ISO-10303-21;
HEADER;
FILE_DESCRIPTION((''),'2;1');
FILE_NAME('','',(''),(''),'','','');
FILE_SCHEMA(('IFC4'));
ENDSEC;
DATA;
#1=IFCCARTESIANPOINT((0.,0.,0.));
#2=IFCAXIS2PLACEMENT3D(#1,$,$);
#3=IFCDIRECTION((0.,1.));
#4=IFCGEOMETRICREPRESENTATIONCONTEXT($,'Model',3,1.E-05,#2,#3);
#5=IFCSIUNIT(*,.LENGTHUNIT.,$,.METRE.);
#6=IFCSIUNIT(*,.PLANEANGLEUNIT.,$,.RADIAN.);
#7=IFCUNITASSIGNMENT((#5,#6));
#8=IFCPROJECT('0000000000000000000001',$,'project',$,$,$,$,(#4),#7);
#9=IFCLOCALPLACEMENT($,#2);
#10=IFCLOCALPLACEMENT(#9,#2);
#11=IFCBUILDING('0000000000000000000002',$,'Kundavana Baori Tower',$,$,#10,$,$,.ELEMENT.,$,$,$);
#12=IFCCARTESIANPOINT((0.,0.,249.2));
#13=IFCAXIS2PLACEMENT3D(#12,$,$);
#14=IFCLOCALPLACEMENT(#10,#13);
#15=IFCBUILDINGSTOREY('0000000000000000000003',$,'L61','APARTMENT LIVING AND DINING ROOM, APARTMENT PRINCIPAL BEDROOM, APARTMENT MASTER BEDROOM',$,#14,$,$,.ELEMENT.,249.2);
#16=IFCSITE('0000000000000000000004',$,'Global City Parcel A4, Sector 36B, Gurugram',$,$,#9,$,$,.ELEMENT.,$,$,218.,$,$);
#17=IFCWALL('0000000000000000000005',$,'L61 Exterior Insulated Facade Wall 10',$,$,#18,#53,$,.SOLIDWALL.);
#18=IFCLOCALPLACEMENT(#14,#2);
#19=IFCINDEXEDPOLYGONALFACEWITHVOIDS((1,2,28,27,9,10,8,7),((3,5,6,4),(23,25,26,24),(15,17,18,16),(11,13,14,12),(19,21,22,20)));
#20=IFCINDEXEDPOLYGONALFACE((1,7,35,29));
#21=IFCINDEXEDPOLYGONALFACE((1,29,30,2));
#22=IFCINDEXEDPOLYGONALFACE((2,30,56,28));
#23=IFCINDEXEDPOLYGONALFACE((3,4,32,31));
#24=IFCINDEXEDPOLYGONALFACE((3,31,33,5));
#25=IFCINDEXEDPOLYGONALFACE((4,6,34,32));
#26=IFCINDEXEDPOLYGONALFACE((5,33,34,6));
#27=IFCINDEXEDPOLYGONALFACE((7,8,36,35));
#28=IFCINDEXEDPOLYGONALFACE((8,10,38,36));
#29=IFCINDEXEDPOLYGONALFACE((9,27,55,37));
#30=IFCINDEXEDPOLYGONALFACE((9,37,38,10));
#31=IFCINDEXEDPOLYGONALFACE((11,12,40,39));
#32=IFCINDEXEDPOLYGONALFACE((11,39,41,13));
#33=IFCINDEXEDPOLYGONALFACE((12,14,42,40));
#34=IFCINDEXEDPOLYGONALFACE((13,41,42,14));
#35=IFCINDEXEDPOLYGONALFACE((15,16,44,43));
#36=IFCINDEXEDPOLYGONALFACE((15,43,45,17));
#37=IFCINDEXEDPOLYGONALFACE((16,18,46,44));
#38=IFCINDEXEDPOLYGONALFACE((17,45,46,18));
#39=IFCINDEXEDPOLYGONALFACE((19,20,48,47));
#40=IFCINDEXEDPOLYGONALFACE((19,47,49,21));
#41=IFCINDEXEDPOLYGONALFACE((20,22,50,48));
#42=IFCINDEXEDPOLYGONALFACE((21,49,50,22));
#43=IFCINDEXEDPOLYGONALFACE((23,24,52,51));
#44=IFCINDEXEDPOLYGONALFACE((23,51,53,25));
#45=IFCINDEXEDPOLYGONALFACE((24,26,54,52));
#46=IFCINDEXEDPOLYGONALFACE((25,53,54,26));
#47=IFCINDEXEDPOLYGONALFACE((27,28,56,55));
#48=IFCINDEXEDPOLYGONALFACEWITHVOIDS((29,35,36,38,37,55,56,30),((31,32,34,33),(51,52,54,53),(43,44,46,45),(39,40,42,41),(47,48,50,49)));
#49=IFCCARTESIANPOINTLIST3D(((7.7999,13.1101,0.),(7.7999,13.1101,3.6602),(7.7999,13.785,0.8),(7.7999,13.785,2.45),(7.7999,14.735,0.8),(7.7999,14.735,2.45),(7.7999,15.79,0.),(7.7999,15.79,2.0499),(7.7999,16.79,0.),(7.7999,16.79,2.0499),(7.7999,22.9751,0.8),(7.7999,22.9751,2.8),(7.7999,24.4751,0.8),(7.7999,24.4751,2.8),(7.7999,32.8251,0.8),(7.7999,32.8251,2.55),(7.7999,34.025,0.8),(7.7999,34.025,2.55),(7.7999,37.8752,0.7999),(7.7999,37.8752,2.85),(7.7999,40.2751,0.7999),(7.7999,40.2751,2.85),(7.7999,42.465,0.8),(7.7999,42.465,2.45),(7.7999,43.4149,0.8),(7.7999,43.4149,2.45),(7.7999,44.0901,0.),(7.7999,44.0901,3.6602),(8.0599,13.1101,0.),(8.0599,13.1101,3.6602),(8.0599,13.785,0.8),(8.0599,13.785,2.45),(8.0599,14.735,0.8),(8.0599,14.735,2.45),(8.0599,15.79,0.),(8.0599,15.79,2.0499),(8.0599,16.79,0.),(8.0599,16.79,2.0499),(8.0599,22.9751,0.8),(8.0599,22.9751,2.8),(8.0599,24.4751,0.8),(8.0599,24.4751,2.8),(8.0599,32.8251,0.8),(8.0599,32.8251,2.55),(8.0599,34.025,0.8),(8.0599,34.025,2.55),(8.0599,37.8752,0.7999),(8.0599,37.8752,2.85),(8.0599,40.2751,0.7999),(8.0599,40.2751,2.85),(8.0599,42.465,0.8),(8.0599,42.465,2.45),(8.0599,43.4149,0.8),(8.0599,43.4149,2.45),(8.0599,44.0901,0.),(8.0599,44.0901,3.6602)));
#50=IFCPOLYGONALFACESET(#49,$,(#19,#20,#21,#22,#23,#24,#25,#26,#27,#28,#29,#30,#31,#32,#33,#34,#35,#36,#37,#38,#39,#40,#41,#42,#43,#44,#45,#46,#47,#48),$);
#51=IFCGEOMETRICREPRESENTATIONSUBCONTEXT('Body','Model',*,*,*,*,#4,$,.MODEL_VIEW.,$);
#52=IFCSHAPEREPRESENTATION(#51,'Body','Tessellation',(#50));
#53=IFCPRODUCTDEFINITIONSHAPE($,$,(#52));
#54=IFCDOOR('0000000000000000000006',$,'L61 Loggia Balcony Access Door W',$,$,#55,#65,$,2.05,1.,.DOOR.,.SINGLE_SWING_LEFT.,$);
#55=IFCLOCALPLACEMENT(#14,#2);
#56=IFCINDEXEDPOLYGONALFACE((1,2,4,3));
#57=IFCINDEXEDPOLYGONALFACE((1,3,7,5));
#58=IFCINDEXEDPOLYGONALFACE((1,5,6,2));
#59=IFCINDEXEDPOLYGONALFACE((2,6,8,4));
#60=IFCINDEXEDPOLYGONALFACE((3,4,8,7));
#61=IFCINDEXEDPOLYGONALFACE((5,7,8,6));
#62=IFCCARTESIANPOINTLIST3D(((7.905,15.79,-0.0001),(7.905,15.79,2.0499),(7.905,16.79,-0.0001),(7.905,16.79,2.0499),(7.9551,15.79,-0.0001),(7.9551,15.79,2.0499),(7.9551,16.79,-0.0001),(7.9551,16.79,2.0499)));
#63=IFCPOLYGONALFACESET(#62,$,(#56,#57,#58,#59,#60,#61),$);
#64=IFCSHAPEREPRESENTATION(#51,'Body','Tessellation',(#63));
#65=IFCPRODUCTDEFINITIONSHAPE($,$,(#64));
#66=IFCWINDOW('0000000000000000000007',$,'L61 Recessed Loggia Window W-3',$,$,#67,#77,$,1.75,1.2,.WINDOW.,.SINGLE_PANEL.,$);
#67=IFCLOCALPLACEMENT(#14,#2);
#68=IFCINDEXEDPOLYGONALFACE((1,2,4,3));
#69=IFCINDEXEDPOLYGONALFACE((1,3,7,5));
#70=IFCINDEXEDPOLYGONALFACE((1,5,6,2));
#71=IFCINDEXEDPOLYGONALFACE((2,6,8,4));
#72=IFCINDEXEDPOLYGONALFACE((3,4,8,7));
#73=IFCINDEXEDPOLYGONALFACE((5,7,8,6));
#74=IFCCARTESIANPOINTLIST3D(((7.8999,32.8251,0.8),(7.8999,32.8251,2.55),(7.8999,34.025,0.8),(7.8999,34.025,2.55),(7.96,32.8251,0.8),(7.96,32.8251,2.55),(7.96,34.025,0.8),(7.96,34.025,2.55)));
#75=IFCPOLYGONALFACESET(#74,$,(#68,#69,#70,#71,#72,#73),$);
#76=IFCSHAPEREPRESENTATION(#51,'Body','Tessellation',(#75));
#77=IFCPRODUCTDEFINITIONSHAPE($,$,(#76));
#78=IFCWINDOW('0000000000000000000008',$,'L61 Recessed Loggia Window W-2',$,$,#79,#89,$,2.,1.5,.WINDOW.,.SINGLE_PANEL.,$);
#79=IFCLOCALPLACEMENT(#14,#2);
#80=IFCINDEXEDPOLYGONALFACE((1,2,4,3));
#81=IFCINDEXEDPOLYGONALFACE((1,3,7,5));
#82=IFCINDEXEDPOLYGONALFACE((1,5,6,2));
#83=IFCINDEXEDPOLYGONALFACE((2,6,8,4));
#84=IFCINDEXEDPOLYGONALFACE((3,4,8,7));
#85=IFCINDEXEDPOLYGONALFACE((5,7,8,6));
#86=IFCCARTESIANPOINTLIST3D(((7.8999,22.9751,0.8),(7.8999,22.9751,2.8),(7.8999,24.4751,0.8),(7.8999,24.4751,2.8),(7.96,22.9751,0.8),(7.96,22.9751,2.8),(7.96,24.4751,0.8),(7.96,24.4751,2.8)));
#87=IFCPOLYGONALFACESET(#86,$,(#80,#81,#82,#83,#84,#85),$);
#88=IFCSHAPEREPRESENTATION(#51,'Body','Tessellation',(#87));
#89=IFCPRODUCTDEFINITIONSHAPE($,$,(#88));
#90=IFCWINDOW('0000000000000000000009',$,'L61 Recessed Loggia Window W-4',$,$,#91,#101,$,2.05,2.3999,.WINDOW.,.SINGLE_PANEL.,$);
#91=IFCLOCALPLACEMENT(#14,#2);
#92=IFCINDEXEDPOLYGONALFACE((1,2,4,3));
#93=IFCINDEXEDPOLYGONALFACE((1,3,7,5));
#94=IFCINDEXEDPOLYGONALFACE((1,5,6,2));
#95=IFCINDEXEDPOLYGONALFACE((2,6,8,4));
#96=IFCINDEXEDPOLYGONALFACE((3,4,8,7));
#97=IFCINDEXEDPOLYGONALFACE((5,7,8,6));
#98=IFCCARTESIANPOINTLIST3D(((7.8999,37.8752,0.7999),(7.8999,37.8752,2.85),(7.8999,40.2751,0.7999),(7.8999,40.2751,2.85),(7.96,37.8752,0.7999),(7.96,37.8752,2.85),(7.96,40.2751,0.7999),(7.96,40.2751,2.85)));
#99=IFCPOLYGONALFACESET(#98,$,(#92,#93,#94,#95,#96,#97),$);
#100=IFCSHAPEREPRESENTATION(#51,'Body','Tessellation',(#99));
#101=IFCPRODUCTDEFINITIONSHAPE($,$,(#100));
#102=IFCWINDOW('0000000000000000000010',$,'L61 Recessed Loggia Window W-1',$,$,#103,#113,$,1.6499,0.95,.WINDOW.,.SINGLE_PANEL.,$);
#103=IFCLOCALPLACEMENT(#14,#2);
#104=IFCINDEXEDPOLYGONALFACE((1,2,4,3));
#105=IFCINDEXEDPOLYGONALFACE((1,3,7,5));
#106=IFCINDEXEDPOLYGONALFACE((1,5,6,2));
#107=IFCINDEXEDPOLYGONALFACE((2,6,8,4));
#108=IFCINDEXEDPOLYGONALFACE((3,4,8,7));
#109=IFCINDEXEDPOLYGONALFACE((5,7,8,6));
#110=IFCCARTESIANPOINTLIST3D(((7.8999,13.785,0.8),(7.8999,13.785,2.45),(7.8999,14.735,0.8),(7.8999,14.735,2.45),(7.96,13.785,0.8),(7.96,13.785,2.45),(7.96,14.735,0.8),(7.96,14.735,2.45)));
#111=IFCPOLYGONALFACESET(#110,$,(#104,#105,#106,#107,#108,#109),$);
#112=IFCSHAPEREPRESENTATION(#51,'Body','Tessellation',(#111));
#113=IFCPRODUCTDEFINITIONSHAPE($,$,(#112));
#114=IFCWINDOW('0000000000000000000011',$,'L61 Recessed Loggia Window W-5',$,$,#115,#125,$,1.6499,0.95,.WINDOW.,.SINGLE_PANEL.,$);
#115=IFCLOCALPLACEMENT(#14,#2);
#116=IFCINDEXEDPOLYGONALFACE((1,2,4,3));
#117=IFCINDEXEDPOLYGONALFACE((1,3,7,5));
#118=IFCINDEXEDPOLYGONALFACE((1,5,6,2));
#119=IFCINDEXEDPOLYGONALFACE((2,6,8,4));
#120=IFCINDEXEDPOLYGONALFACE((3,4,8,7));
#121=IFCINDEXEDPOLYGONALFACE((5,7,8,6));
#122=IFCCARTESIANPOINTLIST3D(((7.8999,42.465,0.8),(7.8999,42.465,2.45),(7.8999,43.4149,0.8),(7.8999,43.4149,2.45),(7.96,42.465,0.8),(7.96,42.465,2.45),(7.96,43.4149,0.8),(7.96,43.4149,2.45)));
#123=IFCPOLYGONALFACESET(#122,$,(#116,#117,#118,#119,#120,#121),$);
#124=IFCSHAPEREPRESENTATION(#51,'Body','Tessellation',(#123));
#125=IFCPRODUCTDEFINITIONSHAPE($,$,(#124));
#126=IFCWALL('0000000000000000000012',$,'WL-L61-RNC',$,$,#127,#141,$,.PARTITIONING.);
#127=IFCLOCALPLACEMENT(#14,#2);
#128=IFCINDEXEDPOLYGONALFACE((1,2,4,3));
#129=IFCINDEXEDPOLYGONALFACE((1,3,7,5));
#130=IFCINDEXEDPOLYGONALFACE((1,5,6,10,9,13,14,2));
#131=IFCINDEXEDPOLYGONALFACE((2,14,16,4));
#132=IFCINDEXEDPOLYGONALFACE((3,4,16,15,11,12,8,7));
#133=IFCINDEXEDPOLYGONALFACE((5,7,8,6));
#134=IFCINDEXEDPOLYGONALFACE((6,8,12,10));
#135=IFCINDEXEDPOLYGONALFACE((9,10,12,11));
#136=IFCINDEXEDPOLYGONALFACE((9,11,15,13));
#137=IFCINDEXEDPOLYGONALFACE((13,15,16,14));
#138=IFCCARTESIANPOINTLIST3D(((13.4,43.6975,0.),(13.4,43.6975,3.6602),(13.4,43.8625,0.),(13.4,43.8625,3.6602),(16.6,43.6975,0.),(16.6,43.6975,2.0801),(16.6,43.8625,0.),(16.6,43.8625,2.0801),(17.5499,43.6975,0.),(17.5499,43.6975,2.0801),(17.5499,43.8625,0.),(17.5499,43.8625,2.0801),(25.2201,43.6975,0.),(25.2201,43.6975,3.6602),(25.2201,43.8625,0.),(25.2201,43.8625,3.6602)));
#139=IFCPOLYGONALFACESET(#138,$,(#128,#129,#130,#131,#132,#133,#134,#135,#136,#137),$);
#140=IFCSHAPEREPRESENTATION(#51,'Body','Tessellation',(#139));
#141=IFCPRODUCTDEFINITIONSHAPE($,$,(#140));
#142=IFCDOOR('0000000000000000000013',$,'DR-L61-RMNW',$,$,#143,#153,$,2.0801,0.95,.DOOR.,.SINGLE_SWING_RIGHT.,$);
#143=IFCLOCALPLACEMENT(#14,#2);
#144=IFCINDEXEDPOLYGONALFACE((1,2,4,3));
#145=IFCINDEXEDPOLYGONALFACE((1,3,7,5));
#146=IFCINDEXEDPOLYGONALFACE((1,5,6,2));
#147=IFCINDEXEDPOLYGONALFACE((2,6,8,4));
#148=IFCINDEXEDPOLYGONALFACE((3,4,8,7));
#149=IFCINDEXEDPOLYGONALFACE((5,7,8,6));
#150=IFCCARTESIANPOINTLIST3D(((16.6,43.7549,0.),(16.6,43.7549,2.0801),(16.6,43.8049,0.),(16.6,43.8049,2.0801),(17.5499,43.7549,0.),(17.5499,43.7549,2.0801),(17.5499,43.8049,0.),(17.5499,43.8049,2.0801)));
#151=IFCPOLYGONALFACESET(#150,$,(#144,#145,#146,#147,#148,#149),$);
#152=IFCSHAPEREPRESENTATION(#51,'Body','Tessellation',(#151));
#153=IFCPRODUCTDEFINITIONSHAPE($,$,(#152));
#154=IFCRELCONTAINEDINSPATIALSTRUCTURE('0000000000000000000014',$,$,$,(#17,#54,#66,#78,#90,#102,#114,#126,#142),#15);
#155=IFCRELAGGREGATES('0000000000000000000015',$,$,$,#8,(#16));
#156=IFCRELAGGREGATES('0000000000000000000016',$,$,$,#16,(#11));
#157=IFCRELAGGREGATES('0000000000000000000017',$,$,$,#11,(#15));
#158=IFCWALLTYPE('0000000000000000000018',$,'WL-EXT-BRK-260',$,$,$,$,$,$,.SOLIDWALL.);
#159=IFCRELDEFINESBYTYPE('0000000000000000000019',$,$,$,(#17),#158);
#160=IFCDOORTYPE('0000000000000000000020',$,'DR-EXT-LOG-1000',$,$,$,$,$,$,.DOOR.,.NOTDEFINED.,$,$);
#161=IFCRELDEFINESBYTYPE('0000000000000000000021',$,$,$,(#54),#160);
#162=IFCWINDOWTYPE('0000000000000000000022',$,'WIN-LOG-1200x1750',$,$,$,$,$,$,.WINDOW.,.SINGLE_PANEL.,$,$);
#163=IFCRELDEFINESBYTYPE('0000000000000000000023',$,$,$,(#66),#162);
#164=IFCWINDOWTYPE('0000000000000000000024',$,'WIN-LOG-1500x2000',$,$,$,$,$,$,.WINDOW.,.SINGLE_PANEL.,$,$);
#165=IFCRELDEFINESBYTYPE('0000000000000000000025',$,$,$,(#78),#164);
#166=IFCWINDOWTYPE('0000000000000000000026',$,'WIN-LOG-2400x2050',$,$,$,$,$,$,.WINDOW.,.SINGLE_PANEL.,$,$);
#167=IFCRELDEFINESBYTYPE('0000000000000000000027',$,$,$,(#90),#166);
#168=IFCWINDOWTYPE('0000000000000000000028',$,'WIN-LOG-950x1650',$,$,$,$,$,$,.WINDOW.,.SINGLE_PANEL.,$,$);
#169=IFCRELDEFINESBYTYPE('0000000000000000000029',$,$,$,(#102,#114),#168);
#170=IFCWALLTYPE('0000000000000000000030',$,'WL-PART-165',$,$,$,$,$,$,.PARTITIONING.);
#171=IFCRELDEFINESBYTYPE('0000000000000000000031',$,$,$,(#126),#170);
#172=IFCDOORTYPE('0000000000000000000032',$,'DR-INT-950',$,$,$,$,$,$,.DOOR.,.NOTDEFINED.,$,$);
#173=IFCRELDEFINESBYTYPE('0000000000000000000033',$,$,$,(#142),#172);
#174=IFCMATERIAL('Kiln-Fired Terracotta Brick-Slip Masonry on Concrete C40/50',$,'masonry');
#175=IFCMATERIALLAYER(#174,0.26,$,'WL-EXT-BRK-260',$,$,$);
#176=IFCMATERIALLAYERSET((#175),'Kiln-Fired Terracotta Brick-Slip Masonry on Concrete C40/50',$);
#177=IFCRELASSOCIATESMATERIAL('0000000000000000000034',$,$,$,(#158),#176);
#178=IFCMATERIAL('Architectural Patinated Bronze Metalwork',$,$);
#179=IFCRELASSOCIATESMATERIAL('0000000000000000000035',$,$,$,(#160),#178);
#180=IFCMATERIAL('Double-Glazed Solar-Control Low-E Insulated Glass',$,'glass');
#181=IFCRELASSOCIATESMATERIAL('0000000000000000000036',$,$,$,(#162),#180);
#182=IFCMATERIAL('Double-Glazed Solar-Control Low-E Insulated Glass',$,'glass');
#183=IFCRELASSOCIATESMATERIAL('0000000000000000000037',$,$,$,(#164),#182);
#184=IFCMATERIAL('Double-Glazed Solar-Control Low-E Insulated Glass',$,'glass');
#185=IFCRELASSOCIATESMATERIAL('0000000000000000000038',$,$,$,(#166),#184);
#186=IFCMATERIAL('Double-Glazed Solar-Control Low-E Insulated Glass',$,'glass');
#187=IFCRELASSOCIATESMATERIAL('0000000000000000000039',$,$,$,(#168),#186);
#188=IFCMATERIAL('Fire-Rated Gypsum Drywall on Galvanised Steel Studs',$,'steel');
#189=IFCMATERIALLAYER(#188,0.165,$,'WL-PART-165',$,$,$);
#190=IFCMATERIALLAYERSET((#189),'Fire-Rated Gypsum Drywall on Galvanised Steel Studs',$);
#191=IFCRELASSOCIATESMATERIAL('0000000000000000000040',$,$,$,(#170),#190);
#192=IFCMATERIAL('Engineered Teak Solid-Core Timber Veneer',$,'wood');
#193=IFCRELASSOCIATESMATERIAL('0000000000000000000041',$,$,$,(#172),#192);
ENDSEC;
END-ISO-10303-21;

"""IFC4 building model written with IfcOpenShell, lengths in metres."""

from ifc_helpers import new_model, si_unit, direction, frame, frame_2d, origin, place, context, subcontext, project, spatial, rectangle, extrude, material, layer, layer_set, type_object, element, fill, save


model = new_model("IFC4")

# Units and contexts
model_context = context("Model", 3, precision=1e-05, world=origin(), true_north=direction((0.0, 1.0)))
body_context = subcontext(model_context, "Body", "Model", "MODEL_VIEW")
ifc_project = project(units=[si_unit("LENGTHUNIT", "METRE"), si_unit("PLANEANGLEUNIT", "RADIAN")], contexts=[model_context])

# Site, building, storey
site_placement = place(None, origin())
site = spatial("IfcSite", under=ifc_project, at=site_placement, Name="Global City Parcel A4, Sector 36B, Gurugram", CompositionType="ELEMENT", RefElevation=218.0)
building_placement = place(site_placement, origin())
building = spatial("IfcBuilding", under=site, at=building_placement, Name="Kundavana Baori Tower", CompositionType="ELEMENT")
storey_placement = place(building_placement, frame((0.0, 0.0, 249.2)))
storey = spatial("IfcBuildingStorey", under=building, at=storey_placement, Name="L61", Description="APARTMENT LIVING AND DINING ROOM, APARTMENT PRINCIPAL BEDROOM, APARTMENT MASTER BEDROOM", CompositionType="ELEMENT", Elevation=249.2)

# Shared definitions
ifc_material_1 = material(Name="Kiln-Fired Terracotta Brick-Slip Masonry on Concrete C40/50", Category="masonry")
ifc_layer_1 = layer(ifc_material_1, 0.26, Name="WL-EXT-BRK-260")
ifc_layer_set_1 = layer_set([ifc_layer_1], Name="Kiln-Fired Terracotta Brick-Slip Masonry on Concrete C40/50")
wall_type_1 = type_object("IfcWallType", Name="WL-EXT-BRK-260", PredefinedType="SOLIDWALL", material=ifc_layer_set_1)

# Wall, openings, door, windows
wall_1_placement = place(storey_placement, frame((7.9299, 44.0901, 0.0), z_axis=(0.0, 0.0, 1.0), x_axis=(0.0, -1.0, 0.0)))
wall_1 = element("IfcWall", 1, at=wall_1_placement, inside=storey, type_object=wall_type_1, Name="L61 Exterior Insulated Facade Wall 10", PredefinedType="SOLIDWALL", context=body_context, shape_type="SweptSolid", body=[
    extrude(rectangle(XDim=30.98, YDim=0.26, at=frame_2d((15.49, 0.0))), origin(), (0.0, 0.0, 1.0), 3.6602),
])
opening_1_placement = place(wall_1_placement, frame((29.355, 0.0, 0.8)))
opening_1 = element("IfcOpeningElement", 2, at=opening_1_placement, cuts=wall_1, PredefinedType="OPENING", context=body_context, shape_type="SweptSolid", body=[
    extrude(rectangle(XDim=0.95, YDim=1.6499, at=frame_2d((0.4751, 0.825))), frame((0.0, 0.1401, 0.0), z_axis=(0.0, -1.0, 0.0), x_axis=(1.0, 0.0, 0.0)), (0.0, 0.0, 1.0), 0.28),
])
opening_2_placement = place(wall_1_placement, frame((27.3, 0.0, 0.0)))
opening_2 = element("IfcOpeningElement", 3, at=opening_2_placement, cuts=wall_1, PredefinedType="OPENING", context=body_context, shape_type="SweptSolid", body=[
    extrude(rectangle(XDim=1.0, YDim=2.05, at=frame_2d((0.5, 1.0249))), frame((0.0, 0.1401, 0.0), z_axis=(0.0, -1.0, 0.0), x_axis=(1.0, 0.0, 0.0)), (0.0, 0.0, 1.0), 0.28),
])
opening_3_placement = place(wall_1_placement, frame((19.615, 0.0, 0.8)))
opening_3 = element("IfcOpeningElement", 4, at=opening_3_placement, cuts=wall_1, PredefinedType="OPENING", context=body_context, shape_type="SweptSolid", body=[
    extrude(rectangle(XDim=1.5, YDim=2.0, at=frame_2d((0.75, 1.0))), frame((0.0, 0.1401, 0.0), z_axis=(0.0, -1.0, 0.0), x_axis=(1.0, 0.0, 0.0)), (0.0, 0.0, 1.0), 0.28),
])
opening_4_placement = place(wall_1_placement, frame((10.0649, 0.0, 0.8)))
opening_4 = element("IfcOpeningElement", 5, at=opening_4_placement, cuts=wall_1, PredefinedType="OPENING", context=body_context, shape_type="SweptSolid", body=[
    extrude(rectangle(XDim=1.2, YDim=1.75, at=frame_2d((0.6001, 0.875))), frame((0.0, 0.1401, 0.0), z_axis=(0.0, -1.0, 0.0), x_axis=(1.0, 0.0, 0.0)), (0.0, 0.0, 1.0), 0.28),
])
opening_5_placement = place(wall_1_placement, frame((3.8149, 0.0, 0.8)))
opening_5 = element("IfcOpeningElement", 6, at=opening_5_placement, cuts=wall_1, PredefinedType="OPENING", context=body_context, shape_type="SweptSolid", body=[
    extrude(rectangle(XDim=2.3999, YDim=2.05, at=frame_2d((1.2, 1.0249))), frame((0.0, 0.1401, 0.0), z_axis=(0.0, -1.0, 0.0), x_axis=(1.0, 0.0, 0.0)), (0.0, 0.0, 1.0), 0.28),
])
opening_6_placement = place(wall_1_placement, frame((0.675, 0.0, 0.8)))
opening_6 = element("IfcOpeningElement", 7, at=opening_6_placement, cuts=wall_1, PredefinedType="OPENING", context=body_context, shape_type="SweptSolid", body=[
    extrude(rectangle(XDim=0.95, YDim=1.6499, at=frame_2d((0.4751, 0.825))), frame((0.0, 0.1401, 0.0), z_axis=(0.0, -1.0, 0.0), x_axis=(1.0, 0.0, 0.0)), (0.0, 0.0, 1.0), 0.28),
])
ifc_material_2 = material(Name="Architectural Patinated Bronze Metalwork")
door_type_1 = type_object("IfcDoorType", Name="DR-EXT-LOG-1000", OperationType="NOTDEFINED", PredefinedType="DOOR", material=ifc_material_2)
door_1_placement = place(opening_2_placement, frame((1.0, 0.0, 0.0), z_axis=(0.0, 0.0, 1.0), x_axis=(-1.0, 0.0, 0.0)))
door_1 = element("IfcDoor", 8, at=door_1_placement, inside=storey, type_object=door_type_1, Name="L61 Loggia Balcony Access Door W", OperationType="SINGLE_SWING_LEFT", OverallHeight=2.05, OverallWidth=1.0, PredefinedType="DOOR", context=body_context, shape_type="SweptSolid", body=[
    extrude(rectangle(XDim=1.0, YDim=2.05, at=frame_2d((0.5, 1.0249))), frame((0.0, 0.0249, 0.0), z_axis=(0.0, -1.0, 0.0), x_axis=(1.0, 0.0, 0.0)), (0.0, 0.0, 1.0), 0.05),
])
fill(opening_2, door_1)
ifc_material_3 = material(Name="Double-Glazed Solar-Control Low-E Insulated Glass", Category="glass")
window_type_1 = type_object("IfcWindowType", Name="WIN-LOG-1200x1750", PartitioningType="SINGLE_PANEL", PredefinedType="WINDOW", material=ifc_material_3)
window_1_placement = place(opening_4_placement, origin())
window_1 = element("IfcWindow", 9, at=window_1_placement, inside=storey, type_object=window_type_1, Name="L61 Recessed Loggia Window W-3", OverallHeight=1.75, OverallWidth=1.2, PartitioningType="SINGLE_PANEL", PredefinedType="WINDOW", context=body_context, shape_type="SweptSolid", body=[
    extrude(rectangle(XDim=1.2, YDim=1.75, at=frame_2d((0.6001, 0.875))), frame((0.0, 0.03, 0.0), z_axis=(0.0, -1.0, 0.0), x_axis=(1.0, 0.0, 0.0)), (0.0, 0.0, 1.0), 0.0601),
])
fill(opening_4, window_1)
ifc_material_4 = material(Name="Double-Glazed Solar-Control Low-E Insulated Glass", Category="glass")
window_type_2 = type_object("IfcWindowType", Name="WIN-LOG-1500x2000", PartitioningType="SINGLE_PANEL", PredefinedType="WINDOW", material=ifc_material_4)
window_2_placement = place(opening_3_placement, origin())
window_2 = element("IfcWindow", 10, at=window_2_placement, inside=storey, type_object=window_type_2, Name="L61 Recessed Loggia Window W-2", OverallHeight=2.0, OverallWidth=1.5, PartitioningType="SINGLE_PANEL", PredefinedType="WINDOW", context=body_context, shape_type="SweptSolid", body=[
    extrude(rectangle(XDim=1.5, YDim=2.0, at=frame_2d((0.75, 1.0))), frame((0.0, 0.03, 0.0), z_axis=(0.0, -1.0, 0.0), x_axis=(1.0, 0.0, 0.0)), (0.0, 0.0, 1.0), 0.0601),
])
fill(opening_3, window_2)
ifc_material_5 = material(Name="Double-Glazed Solar-Control Low-E Insulated Glass", Category="glass")
window_type_3 = type_object("IfcWindowType", Name="WIN-LOG-2400x2050", PartitioningType="SINGLE_PANEL", PredefinedType="WINDOW", material=ifc_material_5)
window_3_placement = place(opening_5_placement, origin())
window_3 = element("IfcWindow", 11, at=window_3_placement, inside=storey, type_object=window_type_3, Name="L61 Recessed Loggia Window W-4", OverallHeight=2.05, OverallWidth=2.3999, PartitioningType="SINGLE_PANEL", PredefinedType="WINDOW", context=body_context, shape_type="SweptSolid", body=[
    extrude(rectangle(XDim=2.3999, YDim=2.05, at=frame_2d((1.2, 1.0249))), frame((0.0, 0.03, 0.0), z_axis=(0.0, -1.0, 0.0), x_axis=(1.0, 0.0, 0.0)), (0.0, 0.0, 1.0), 0.0601),
])
fill(opening_5, window_3)
ifc_material_6 = material(Name="Double-Glazed Solar-Control Low-E Insulated Glass", Category="glass")
window_type_4 = type_object("IfcWindowType", Name="WIN-LOG-950x1650", PartitioningType="SINGLE_PANEL", PredefinedType="WINDOW", material=ifc_material_6)
window_4_placement = place(opening_1_placement, origin())
window_4 = element("IfcWindow", 12, at=window_4_placement, inside=storey, type_object=window_type_4, Name="L61 Recessed Loggia Window W-1", OverallHeight=1.6499, OverallWidth=0.95, PartitioningType="SINGLE_PANEL", PredefinedType="WINDOW", context=body_context, shape_type="SweptSolid", body=[
    extrude(rectangle(XDim=0.95, YDim=1.6499, at=frame_2d((0.4751, 0.825))), frame((0.0, 0.03, 0.0), z_axis=(0.0, -1.0, 0.0), x_axis=(1.0, 0.0, 0.0)), (0.0, 0.0, 1.0), 0.0601),
])
fill(opening_1, window_4)
window_5_placement = place(opening_6_placement, origin())
window_5 = element("IfcWindow", 13, at=window_5_placement, inside=storey, type_object=window_type_4, Name="L61 Recessed Loggia Window W-5", OverallHeight=1.6499, OverallWidth=0.95, PartitioningType="SINGLE_PANEL", PredefinedType="WINDOW", context=body_context, shape_type="SweptSolid", body=[
    extrude(rectangle(XDim=0.95, YDim=1.6499, at=frame_2d((0.4751, 0.825))), frame((0.0, 0.03, 0.0), z_axis=(0.0, -1.0, 0.0), x_axis=(1.0, 0.0, 0.0)), (0.0, 0.0, 1.0), 0.0601),
])
fill(opening_6, window_5)

# Wall, opening, door
ifc_material_7 = material(Name="Fire-Rated Gypsum Drywall on Galvanised Steel Studs", Category="steel")
ifc_layer_2 = layer(ifc_material_7, 0.165, Name="WL-PART-165")
ifc_layer_set_2 = layer_set([ifc_layer_2], Name="Fire-Rated Gypsum Drywall on Galvanised Steel Studs")
wall_type_2 = type_object("IfcWallType", Name="WL-PART-165", PredefinedType="PARTITIONING", material=ifc_layer_set_2)
wall_2_placement = place(storey_placement, frame((13.3999, 43.78, 0.0), z_axis=(0.0, 0.0, 1.0), x_axis=(1.0, 0.0, 0.0)))
wall_2 = element("IfcWall", 14, at=wall_2_placement, inside=storey, type_object=wall_type_2, Name="WL-L61-RNC", PredefinedType="PARTITIONING", context=body_context, shape_type="SweptSolid", body=[
    extrude(rectangle(XDim=11.8201, YDim=0.165, at=frame_2d((5.9102, 0.0))), origin(), (0.0, 0.0, 1.0), 3.6602),
])
opening_7_placement = place(wall_2_placement, frame((3.2, 0.0, 0.0)))
opening_7 = element("IfcOpeningElement", 15, at=opening_7_placement, cuts=wall_2, PredefinedType="OPENING", context=body_context, shape_type="SweptSolid", body=[
    extrude(rectangle(XDim=0.95, YDim=2.0801, at=frame_2d((0.4751, 1.04))), frame((0.0, 0.0925, 0.0), z_axis=(0.0, -1.0, 0.0), x_axis=(1.0, 0.0, 0.0)), (0.0, 0.0, 1.0), 0.1851),
])
ifc_material_8 = material(Name="Engineered Teak Solid-Core Timber Veneer", Category="wood")
door_type_2 = type_object("IfcDoorType", Name="DR-INT-950", OperationType="NOTDEFINED", PredefinedType="DOOR", material=ifc_material_8)
door_2_placement = place(opening_7_placement, origin())
door_2 = element("IfcDoor", 16, at=door_2_placement, inside=storey, type_object=door_type_2, Name="DR-L61-RMNW", OperationType="SINGLE_SWING_RIGHT", OverallHeight=2.0801, OverallWidth=0.95, PredefinedType="DOOR", context=body_context, shape_type="SweptSolid", body=[
    extrude(rectangle(XDim=0.95, YDim=2.0801, at=frame_2d((0.4751, 1.04))), frame((0.0, 0.0249, 0.0), z_axis=(0.0, -1.0, 0.0), x_axis=(1.0, 0.0, 0.0)), (0.0, 0.0, 1.0), 0.05),
])
fill(opening_7, door_2)

save(model, "model.ifc")
